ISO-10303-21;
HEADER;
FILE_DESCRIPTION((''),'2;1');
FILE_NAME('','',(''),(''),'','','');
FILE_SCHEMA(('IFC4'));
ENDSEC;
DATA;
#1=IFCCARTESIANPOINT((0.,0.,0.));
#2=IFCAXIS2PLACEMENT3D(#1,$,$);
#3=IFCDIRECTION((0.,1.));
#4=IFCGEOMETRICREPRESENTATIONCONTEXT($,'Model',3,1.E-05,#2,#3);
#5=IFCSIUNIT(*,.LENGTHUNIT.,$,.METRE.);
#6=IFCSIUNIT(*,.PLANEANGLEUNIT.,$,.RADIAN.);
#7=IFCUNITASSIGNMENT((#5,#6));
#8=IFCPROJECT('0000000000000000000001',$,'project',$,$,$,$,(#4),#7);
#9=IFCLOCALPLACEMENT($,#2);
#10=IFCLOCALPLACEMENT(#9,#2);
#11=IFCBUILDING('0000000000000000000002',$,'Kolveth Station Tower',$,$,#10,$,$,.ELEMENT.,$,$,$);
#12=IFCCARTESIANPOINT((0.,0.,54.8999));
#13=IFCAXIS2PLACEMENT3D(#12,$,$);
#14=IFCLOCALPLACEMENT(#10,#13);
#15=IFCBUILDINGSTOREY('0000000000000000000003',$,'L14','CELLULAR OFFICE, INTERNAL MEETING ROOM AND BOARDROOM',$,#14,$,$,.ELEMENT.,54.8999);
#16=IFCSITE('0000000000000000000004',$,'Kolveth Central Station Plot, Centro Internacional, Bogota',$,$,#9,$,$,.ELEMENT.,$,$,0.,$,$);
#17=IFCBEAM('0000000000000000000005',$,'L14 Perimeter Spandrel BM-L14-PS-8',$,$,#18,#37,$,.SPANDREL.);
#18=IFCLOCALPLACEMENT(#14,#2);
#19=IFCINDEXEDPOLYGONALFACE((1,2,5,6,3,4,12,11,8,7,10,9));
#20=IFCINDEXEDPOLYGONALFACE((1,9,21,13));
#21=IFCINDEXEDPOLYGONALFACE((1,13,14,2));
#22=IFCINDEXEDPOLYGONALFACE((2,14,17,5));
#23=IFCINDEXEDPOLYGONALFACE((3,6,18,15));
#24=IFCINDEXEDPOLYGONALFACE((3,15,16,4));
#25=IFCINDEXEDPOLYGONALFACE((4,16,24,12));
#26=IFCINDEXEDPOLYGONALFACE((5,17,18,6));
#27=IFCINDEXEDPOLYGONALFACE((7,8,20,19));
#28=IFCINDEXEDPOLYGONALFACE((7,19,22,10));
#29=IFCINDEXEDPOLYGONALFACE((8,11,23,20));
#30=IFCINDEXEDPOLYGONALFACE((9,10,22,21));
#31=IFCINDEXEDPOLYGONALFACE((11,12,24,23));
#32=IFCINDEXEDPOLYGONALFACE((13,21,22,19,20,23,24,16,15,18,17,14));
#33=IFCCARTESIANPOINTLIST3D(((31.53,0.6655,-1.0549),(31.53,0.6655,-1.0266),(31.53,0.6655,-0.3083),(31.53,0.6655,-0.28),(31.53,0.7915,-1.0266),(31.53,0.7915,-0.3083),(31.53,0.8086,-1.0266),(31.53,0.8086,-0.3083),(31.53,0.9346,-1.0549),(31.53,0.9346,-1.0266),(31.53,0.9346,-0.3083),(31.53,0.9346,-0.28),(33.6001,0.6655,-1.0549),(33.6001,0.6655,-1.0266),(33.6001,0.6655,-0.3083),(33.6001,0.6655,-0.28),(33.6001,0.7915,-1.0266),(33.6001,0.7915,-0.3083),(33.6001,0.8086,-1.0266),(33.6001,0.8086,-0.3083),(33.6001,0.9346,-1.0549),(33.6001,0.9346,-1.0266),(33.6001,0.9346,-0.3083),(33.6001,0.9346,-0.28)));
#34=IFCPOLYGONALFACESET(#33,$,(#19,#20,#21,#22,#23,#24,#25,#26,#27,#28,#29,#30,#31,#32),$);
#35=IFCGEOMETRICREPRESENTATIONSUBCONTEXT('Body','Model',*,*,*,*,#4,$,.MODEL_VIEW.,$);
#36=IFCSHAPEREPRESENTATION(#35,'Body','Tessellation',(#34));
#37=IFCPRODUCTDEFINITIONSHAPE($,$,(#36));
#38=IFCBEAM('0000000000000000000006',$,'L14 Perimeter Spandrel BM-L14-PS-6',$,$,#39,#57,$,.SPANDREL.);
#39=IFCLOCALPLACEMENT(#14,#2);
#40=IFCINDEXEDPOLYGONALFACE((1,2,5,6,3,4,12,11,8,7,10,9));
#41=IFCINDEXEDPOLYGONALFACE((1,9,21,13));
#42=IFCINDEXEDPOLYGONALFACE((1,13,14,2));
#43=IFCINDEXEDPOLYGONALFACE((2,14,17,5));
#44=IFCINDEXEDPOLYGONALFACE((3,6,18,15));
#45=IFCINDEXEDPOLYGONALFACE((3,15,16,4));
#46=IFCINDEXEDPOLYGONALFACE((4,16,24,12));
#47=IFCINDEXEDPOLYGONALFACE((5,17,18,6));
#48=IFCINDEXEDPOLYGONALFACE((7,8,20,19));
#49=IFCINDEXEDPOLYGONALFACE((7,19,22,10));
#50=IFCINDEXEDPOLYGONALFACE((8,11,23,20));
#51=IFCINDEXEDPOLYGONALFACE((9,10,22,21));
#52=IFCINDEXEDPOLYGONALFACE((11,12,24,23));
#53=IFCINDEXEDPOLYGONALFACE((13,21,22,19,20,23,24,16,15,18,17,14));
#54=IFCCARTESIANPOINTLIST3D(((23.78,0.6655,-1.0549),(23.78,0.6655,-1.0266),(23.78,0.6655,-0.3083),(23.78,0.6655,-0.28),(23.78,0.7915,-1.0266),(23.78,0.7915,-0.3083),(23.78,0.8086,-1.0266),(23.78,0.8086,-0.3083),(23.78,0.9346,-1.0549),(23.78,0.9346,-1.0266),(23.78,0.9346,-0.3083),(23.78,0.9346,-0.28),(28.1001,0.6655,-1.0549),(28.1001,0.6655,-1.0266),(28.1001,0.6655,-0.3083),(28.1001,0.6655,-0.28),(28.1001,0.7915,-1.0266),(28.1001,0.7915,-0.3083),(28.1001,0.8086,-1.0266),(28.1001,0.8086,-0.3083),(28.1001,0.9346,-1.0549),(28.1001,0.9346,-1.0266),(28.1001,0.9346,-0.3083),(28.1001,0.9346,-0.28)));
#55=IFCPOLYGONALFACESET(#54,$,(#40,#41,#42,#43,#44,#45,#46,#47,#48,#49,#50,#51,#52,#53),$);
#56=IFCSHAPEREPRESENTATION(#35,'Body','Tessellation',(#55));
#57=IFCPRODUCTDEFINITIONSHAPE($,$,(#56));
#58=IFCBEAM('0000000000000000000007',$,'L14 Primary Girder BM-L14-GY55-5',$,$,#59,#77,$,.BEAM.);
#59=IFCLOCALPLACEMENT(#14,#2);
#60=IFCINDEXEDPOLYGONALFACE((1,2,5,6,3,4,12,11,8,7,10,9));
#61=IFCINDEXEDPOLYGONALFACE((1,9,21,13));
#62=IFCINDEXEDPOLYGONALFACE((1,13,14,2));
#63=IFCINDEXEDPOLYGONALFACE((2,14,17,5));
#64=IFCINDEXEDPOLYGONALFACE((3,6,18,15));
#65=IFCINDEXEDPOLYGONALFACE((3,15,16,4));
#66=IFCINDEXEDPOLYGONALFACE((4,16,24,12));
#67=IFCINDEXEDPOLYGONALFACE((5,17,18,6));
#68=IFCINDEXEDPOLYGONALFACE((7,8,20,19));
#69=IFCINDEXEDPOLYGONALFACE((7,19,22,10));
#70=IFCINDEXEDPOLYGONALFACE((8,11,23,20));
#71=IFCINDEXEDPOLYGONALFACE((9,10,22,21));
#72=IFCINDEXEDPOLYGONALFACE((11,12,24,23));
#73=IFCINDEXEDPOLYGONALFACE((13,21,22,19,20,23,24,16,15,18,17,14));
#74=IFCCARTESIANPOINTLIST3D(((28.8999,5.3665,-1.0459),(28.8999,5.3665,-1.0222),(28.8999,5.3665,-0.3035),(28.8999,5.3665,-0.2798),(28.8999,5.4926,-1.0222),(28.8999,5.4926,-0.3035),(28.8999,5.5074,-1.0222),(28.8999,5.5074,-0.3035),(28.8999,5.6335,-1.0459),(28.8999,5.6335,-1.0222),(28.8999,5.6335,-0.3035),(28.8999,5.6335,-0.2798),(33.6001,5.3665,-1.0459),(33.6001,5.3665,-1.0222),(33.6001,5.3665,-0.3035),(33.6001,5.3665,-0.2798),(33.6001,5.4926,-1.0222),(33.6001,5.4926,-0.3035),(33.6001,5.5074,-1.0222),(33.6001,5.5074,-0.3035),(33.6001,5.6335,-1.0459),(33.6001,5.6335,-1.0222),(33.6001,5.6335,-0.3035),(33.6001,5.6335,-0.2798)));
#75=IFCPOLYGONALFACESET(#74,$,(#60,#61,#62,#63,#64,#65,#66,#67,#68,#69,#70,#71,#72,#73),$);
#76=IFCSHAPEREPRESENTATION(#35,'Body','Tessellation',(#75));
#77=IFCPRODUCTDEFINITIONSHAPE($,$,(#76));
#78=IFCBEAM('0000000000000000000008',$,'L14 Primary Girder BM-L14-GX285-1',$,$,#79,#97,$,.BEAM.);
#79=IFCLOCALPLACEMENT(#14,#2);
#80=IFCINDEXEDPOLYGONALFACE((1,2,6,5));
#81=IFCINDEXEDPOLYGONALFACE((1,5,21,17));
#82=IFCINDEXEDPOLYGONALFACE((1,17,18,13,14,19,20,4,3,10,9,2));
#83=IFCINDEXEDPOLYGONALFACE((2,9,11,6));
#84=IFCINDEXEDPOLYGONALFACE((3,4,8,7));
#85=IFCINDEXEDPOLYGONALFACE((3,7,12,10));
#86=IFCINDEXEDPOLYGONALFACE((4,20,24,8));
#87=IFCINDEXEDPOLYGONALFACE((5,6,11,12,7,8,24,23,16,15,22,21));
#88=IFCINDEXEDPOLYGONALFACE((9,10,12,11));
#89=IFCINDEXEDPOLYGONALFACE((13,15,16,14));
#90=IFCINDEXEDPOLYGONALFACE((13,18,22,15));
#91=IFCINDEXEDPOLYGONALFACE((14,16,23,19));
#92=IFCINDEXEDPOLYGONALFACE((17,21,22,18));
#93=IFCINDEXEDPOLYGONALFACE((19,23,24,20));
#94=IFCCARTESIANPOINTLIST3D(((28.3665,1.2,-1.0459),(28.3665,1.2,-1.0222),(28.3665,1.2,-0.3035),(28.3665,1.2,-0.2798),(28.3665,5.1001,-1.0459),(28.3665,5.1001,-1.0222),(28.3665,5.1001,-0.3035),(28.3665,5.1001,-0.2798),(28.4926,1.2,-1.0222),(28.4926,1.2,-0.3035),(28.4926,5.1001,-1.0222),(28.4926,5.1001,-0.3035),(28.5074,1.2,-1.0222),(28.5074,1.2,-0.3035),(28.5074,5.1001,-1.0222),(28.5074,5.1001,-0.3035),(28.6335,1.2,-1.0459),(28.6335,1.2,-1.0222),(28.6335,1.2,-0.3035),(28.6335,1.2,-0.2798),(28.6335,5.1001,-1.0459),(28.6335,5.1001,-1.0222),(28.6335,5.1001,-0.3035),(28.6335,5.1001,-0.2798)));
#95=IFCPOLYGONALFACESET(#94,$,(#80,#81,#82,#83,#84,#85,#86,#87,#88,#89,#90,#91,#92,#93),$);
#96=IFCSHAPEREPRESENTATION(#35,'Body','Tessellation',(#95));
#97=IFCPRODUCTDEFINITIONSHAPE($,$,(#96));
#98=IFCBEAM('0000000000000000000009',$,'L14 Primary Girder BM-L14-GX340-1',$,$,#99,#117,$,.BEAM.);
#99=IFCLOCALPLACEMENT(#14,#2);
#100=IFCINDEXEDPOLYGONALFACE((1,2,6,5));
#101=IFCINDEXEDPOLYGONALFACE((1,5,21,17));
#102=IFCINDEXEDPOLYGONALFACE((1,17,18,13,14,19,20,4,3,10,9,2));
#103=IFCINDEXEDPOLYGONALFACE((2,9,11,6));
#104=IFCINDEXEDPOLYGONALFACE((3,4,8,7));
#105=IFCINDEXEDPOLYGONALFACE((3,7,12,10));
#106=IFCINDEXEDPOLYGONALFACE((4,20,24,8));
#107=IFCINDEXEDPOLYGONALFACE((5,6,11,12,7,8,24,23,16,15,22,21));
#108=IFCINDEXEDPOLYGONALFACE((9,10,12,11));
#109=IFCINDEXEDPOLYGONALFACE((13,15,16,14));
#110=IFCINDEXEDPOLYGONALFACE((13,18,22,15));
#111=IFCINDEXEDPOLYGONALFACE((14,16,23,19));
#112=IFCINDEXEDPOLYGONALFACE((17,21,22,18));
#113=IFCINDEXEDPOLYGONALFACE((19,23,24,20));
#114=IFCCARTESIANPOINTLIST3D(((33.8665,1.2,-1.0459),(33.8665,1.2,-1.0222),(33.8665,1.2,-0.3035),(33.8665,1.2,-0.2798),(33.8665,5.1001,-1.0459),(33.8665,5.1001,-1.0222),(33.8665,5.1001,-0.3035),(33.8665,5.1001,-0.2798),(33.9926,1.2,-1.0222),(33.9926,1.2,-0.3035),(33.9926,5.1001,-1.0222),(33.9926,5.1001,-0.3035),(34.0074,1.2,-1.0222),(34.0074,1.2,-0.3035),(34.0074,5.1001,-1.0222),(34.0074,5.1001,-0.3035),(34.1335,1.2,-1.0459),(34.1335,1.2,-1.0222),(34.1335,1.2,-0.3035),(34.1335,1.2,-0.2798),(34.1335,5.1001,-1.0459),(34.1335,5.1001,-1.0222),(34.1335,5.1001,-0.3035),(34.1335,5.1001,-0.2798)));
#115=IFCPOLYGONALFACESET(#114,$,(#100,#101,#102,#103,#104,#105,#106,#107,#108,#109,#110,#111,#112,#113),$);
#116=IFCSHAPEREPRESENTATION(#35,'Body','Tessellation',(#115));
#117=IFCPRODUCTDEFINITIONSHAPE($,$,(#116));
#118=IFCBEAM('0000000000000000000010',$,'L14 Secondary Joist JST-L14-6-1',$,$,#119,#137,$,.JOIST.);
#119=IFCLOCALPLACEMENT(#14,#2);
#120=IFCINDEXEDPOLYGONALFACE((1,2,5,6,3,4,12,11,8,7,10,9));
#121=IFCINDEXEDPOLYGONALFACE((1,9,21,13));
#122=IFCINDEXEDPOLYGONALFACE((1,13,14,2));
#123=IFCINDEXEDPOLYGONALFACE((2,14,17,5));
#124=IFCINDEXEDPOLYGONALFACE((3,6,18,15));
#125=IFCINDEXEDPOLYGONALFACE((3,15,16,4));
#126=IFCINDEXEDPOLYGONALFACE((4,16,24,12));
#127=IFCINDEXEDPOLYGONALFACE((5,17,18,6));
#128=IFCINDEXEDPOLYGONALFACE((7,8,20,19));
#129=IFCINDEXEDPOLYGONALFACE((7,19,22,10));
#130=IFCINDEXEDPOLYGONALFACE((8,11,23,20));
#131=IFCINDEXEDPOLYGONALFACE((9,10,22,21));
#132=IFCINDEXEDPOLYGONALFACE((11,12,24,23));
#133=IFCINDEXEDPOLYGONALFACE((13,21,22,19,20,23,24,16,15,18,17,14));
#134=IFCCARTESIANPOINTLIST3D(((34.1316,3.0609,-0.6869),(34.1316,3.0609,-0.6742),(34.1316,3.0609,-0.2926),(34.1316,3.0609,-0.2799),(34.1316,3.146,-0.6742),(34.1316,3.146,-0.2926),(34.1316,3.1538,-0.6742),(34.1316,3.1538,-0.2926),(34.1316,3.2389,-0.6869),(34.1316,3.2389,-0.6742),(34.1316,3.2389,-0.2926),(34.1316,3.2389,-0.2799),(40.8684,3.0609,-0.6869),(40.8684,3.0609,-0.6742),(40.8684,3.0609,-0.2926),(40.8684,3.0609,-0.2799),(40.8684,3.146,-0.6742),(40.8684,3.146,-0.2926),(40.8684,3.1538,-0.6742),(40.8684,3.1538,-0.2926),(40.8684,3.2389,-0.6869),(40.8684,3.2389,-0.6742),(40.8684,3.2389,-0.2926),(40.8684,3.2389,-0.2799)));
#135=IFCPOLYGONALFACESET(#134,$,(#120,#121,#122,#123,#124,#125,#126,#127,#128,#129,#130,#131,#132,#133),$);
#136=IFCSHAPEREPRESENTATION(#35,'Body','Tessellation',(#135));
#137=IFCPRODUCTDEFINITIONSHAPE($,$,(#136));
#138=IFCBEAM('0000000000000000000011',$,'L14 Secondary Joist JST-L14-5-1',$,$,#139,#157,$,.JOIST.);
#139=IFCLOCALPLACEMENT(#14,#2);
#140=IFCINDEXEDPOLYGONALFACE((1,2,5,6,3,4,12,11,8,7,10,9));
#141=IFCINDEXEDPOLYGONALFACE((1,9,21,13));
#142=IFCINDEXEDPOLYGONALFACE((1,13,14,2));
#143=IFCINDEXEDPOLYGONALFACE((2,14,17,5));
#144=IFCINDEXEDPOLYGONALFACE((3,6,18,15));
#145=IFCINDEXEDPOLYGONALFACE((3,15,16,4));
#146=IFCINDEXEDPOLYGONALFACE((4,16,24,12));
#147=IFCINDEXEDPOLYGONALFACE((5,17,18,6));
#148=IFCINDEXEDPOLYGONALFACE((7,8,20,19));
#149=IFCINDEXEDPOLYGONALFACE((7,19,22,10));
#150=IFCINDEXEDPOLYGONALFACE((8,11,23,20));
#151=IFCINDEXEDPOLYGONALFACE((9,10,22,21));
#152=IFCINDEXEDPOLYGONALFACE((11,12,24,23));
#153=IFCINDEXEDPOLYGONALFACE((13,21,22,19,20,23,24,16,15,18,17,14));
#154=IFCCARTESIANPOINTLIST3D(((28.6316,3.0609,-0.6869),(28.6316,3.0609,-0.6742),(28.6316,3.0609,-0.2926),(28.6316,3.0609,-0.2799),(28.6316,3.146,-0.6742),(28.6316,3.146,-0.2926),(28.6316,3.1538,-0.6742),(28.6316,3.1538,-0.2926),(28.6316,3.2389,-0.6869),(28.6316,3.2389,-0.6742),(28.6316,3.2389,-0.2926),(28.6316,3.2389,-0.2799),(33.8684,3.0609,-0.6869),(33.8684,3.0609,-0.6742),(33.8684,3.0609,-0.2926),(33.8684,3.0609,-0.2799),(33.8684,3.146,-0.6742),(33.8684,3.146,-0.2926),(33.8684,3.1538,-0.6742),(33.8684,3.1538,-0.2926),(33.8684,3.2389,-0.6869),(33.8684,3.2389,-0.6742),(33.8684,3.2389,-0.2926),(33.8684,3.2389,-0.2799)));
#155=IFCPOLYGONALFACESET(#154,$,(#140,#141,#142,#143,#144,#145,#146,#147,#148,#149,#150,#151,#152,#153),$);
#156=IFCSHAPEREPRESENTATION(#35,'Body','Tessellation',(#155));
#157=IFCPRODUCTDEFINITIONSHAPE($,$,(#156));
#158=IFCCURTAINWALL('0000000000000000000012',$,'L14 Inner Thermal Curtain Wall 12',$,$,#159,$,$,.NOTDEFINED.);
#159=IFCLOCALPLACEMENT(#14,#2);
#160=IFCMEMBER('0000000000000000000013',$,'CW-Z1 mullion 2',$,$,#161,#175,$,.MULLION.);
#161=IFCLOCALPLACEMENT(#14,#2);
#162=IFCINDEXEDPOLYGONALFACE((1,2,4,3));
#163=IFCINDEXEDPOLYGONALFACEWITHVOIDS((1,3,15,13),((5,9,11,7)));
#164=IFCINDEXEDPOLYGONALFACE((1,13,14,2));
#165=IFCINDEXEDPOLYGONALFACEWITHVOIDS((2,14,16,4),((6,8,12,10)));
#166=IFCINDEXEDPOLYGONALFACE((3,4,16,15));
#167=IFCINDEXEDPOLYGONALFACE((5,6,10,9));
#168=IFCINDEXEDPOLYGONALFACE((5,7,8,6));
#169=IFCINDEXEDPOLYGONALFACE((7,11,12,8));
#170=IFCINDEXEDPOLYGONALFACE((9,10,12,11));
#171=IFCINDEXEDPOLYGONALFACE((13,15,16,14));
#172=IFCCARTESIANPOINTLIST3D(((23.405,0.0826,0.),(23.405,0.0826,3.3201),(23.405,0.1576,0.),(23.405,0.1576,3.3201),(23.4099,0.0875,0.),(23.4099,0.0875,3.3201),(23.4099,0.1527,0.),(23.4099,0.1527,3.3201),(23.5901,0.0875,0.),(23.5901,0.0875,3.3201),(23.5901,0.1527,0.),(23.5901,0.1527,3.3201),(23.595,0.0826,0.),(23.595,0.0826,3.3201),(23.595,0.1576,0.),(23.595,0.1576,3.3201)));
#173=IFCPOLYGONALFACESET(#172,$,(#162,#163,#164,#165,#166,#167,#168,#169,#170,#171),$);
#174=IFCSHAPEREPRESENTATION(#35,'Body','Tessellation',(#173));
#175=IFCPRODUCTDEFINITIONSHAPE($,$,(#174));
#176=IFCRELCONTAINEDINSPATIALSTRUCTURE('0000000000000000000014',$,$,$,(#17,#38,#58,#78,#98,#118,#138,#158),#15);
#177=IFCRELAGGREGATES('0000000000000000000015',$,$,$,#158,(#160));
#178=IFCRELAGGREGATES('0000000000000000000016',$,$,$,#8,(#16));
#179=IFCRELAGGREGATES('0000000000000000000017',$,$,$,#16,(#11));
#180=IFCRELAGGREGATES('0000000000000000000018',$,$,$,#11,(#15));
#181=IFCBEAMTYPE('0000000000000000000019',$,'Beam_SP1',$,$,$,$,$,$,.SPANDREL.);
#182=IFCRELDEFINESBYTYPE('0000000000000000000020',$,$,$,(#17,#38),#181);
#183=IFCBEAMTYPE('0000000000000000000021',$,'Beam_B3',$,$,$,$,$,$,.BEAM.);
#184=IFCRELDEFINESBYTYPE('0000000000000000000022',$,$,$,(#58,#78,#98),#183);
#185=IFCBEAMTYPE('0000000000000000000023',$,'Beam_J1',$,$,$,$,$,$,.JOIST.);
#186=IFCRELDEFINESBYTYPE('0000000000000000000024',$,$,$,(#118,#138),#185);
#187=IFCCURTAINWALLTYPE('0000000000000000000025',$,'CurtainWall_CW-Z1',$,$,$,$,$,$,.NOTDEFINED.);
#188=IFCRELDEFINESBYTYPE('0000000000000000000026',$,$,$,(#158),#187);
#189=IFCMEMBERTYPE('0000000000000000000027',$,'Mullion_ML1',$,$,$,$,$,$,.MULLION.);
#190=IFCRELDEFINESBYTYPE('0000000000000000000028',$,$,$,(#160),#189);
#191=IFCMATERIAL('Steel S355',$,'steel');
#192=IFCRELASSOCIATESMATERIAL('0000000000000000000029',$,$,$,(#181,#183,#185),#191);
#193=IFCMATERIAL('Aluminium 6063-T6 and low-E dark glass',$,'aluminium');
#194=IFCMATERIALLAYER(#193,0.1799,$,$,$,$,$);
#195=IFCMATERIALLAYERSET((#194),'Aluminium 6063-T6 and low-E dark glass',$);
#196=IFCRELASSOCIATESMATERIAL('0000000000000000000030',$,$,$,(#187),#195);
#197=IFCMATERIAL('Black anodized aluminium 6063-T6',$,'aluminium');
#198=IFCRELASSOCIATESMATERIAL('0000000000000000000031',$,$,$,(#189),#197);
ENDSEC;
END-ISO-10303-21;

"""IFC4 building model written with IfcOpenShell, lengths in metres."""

from ifc_helpers import new_model, si_unit, direction, frame, origin, origin_2d, place, context, subcontext, project, spatial, hollow_rectangle, i_section, extrude, source, transform, mapped, material, layer, layer_set, material_profile, profile_set, type_object, element, aggregate, save


model = new_model("IFC4")

# Units and contexts
model_context = context("Model", 3, precision=1e-05, world=origin(), true_north=direction((0.0, 1.0)))
body_context = subcontext(model_context, "Body", "Model", "MODEL_VIEW")
ifc_project = project(units=[si_unit("LENGTHUNIT", "METRE"), si_unit("PLANEANGLEUNIT", "RADIAN")], contexts=[model_context])

# Site, building, storey
site_placement = place(None, origin())
site = spatial("IfcSite", under=ifc_project, at=site_placement, Name="Kolveth Central Station Plot, Centro Internacional, Bogota", CompositionType="ELEMENT", RefElevation=0.0)
building_placement = place(site_placement, origin())
building = spatial("IfcBuilding", under=site, at=building_placement, Name="Kolveth Station Tower", CompositionType="ELEMENT")
storey_placement = place(building_placement, frame((0.0, 0.0, 54.8999)))
storey = spatial("IfcBuildingStorey", under=building, at=storey_placement, Name="L14", Description="CELLULAR OFFICE, INTERNAL MEETING ROOM AND BOARDROOM", CompositionType="ELEMENT", Elevation=54.8999)

# Shared definitions
ifc_material_1 = material(Name="Steel S355", Category="steel")

# Beams
ifc_material_profile_1 = material_profile(ifc_material_1, i_section(OverallWidth=0.269, OverallDepth=0.7749, WebThickness=0.0171, FlangeThickness=0.0283, at=origin_2d()), Name="W760x220")
ifc_profile_set_1 = profile_set([ifc_material_profile_1], Name="Steel S355")
beam_type_1 = type_object("IfcBeamType", Name="Beam_SP1", PredefinedType="SPANDREL", material=ifc_profile_set_1)
shared_shape_1 = source(origin(), body_context, "Body", "SweptSolid", [
    extrude(i_section(OverallWidth=0.269, OverallDepth=0.7749, WebThickness=0.0171, FlangeThickness=0.0283, at=origin_2d()), origin(), (0.0, 0.0, 1.0), 2.0701),
])
for number, where, z_axis, x_axis, name in (
    (1, (31.53, 0.8, -0.6675), (1.0, 0.0, 0.0), (0.0, 1.0, 0.0), "L14 Perimeter Spandrel BM-L14-PS-8"),
):
    element("IfcBeam", number, at=place(storey_placement, frame(where, z_axis=z_axis, x_axis=x_axis)), inside=storey, type_object=beam_type_1, Name=name, PredefinedType="SPANDREL", context=body_context, shape_type="MappedRepresentation", body=[
        mapped(shared_shape_1, transform((0.0, 0.0, 0.0), x_axis=(1.0, 0.0, 0.0), y_axis=(0.0, 1.0, 0.0), z_axis=(0.0, 0.0, 1.0), scale=1.0)),
    ])
shared_shape_2 = source(origin(), body_context, "Body", "SweptSolid", [
    extrude(i_section(OverallWidth=0.269, OverallDepth=0.7749, WebThickness=0.0171, FlangeThickness=0.0283, at=origin_2d()), origin(), (0.0, 0.0, 1.0), 4.3201),
])
beam_1_placement = place(storey_placement, frame((23.78, 0.8, -0.6675), z_axis=(1.0, 0.0, 0.0), x_axis=(0.0, 1.0, 0.0)))
element("IfcBeam", 2, at=beam_1_placement, inside=storey, type_object=beam_type_1, Name="L14 Perimeter Spandrel BM-L14-PS-6", PredefinedType="SPANDREL", context=body_context, shape_type="MappedRepresentation", body=[
    mapped(shared_shape_2, transform((0.0, 0.0, 0.0), x_axis=(1.0, 0.0, 0.0), y_axis=(0.0, 1.0, 0.0), z_axis=(0.0, 0.0, 1.0), scale=1.0)),
])
ifc_material_profile_2 = material_profile(ifc_material_1, i_section(OverallWidth=0.2671, OverallDepth=0.7661, WebThickness=0.0149, FlangeThickness=0.0237, at=origin_2d()), Name="W760x185")
ifc_profile_set_2 = profile_set([ifc_material_profile_2], Name="Steel S355")
beam_type_2 = type_object("IfcBeamType", Name="Beam_B3", PredefinedType="BEAM", material=ifc_profile_set_2)
shared_shape_3 = source(origin(), body_context, "Body", "SweptSolid", [
    extrude(i_section(OverallWidth=0.2671, OverallDepth=0.7661, WebThickness=0.0149, FlangeThickness=0.0237, at=origin_2d()), origin(), (0.0, 0.0, 1.0), 4.7002),
])
beam_2_placement = place(storey_placement, frame((28.8999, 5.5, -0.6628), z_axis=(1.0, 0.0, 0.0), x_axis=(0.0, 1.0, 0.0)))
element("IfcBeam", 3, at=beam_2_placement, inside=storey, type_object=beam_type_2, Name="L14 Primary Girder BM-L14-GY55-5", PredefinedType="BEAM", context=body_context, shape_type="MappedRepresentation", body=[
    mapped(shared_shape_3, transform((0.0, 0.0, 0.0), x_axis=(1.0, 0.0, 0.0), y_axis=(0.0, 1.0, 0.0), z_axis=(0.0, 0.0, 1.0), scale=1.0)),
])
shared_shape_4 = source(origin(), body_context, "Body", "SweptSolid", [
    extrude(i_section(OverallWidth=0.2671, OverallDepth=0.7661, WebThickness=0.0149, FlangeThickness=0.0237, at=origin_2d()), origin(), (0.0, 0.0, 1.0), 3.9001),
])
for number, where, z_axis, x_axis, name in (
    (4, (28.5, 1.2, -0.6628), (0.0, 1.0, 0.0), (-1.0, 0.0, 0.0), "L14 Primary Girder BM-L14-GX285-1"),
    (5, (34.0, 1.2, -0.6628), (0.0, 1.0, 0.0), (-1.0, 0.0, 0.0), "L14 Primary Girder BM-L14-GX340-1"),
):
    element("IfcBeam", number, at=place(storey_placement, frame(where, z_axis=z_axis, x_axis=x_axis)), inside=storey, type_object=beam_type_2, Name=name, PredefinedType="BEAM", context=body_context, shape_type="MappedRepresentation", body=[
        mapped(shared_shape_4, transform((0.0, 0.0, 0.0), x_axis=(1.0, 0.0, 0.0), y_axis=(0.0, 1.0, 0.0), z_axis=(0.0, 0.0, 1.0), scale=1.0)),
    ])
ifc_material_profile_3 = material_profile(ifc_material_1, i_section(OverallWidth=0.178, OverallDepth=0.407, WebThickness=0.0078, FlangeThickness=0.0127, at=origin_2d()), Name="W410x60")
ifc_profile_set_3 = profile_set([ifc_material_profile_3], Name="Steel S355")
beam_type_3 = type_object("IfcBeamType", Name="Beam_J1", PredefinedType="JOIST", material=ifc_profile_set_3)
shared_shape_5 = source(origin(), body_context, "Body", "SweptSolid", [
    extrude(i_section(OverallWidth=0.178, OverallDepth=0.407, WebThickness=0.0078, FlangeThickness=0.0127, at=origin_2d()), origin(), (0.0, 0.0, 1.0), 6.7368),
])
beam_3_placement = place(storey_placement, frame((34.1316, 3.1499, -0.4834), z_axis=(1.0, 0.0, 0.0), x_axis=(0.0, 1.0, 0.0)))
element("IfcBeam", 6, at=beam_3_placement, inside=storey, type_object=beam_type_3, Name="L14 Secondary Joist JST-L14-6-1", PredefinedType="JOIST", context=body_context, shape_type="MappedRepresentation", body=[
    mapped(shared_shape_5, transform((0.0, 0.0, 0.0), x_axis=(1.0, 0.0, 0.0), y_axis=(0.0, 1.0, 0.0), z_axis=(0.0, 0.0, 1.0), scale=1.0)),
])
shared_shape_6 = source(origin(), body_context, "Body", "SweptSolid", [
    extrude(i_section(OverallWidth=0.178, OverallDepth=0.407, WebThickness=0.0078, FlangeThickness=0.0127, at=origin_2d()), origin(), (0.0, 0.0, 1.0), 5.2368),
])
beam_4_placement = place(storey_placement, frame((28.6316, 3.1499, -0.4834), z_axis=(1.0, 0.0, 0.0), x_axis=(0.0, 1.0, 0.0)))
element("IfcBeam", 7, at=beam_4_placement, inside=storey, type_object=beam_type_3, Name="L14 Secondary Joist JST-L14-5-1", PredefinedType="JOIST", context=body_context, shape_type="MappedRepresentation", body=[
    mapped(shared_shape_6, transform((0.0, 0.0, 0.0), x_axis=(1.0, 0.0, 0.0), y_axis=(0.0, 1.0, 0.0), z_axis=(0.0, 0.0, 1.0), scale=1.0)),
])

# Curtain wall, member
ifc_material_2 = material(Name="Aluminium 6063-T6 and low-E dark glass", Category="aluminium")
ifc_layer_1 = layer(ifc_material_2, 0.1799)
ifc_layer_set_1 = layer_set([ifc_layer_1], Name="Aluminium 6063-T6 and low-E dark glass")
curtain_wall_type_1 = type_object("IfcCurtainWallType", Name="CurtainWall_CW-Z1", PredefinedType="NOTDEFINED", material=ifc_layer_set_1)
curtain_wall_1_placement = place(storey_placement, origin())
curtain_wall_1 = element("IfcCurtainWall", 8, at=curtain_wall_1_placement, inside=storey, type_object=curtain_wall_type_1, Name="L14 Inner Thermal Curtain Wall 12", PredefinedType="NOTDEFINED")
ifc_material_3 = material(Name="Black anodized aluminium 6063-T6", Category="aluminium")
ifc_material_profile_4 = material_profile(ifc_material_3, hollow_rectangle(XDim=0.075, YDim=0.1899, WallThickness=0.0049, at=origin_2d()), Name="ALU-75x190x5")
ifc_profile_set_4 = profile_set([ifc_material_profile_4], Name="Black anodized aluminium 6063-T6")
member_type_1 = type_object("IfcMemberType", Name="Mullion_ML1", PredefinedType="MULLION", material=ifc_profile_set_4)
shared_shape_7 = source(origin(), body_context, "Body", "SweptSolid", [
    extrude(hollow_rectangle(XDim=0.075, YDim=0.1899, WallThickness=0.0049, at=origin_2d()), origin(), (0.0, 0.0, 1.0), 3.3201),
])
member_1_placement = place(storey_placement, frame((23.5, 0.1201, 0.0), z_axis=(0.0, 0.0, 1.0), x_axis=(0.0, 1.0, 0.0)))
member_1 = element("IfcMember", 9, at=member_1_placement, type_object=member_type_1, Name="CW-Z1 mullion 2", PredefinedType="MULLION", context=body_context, shape_type="MappedRepresentation", body=[
    mapped(shared_shape_7, transform((0.0, 0.0, 0.0), x_axis=(1.0, 0.0, 0.0), y_axis=(0.0, 1.0, 0.0), z_axis=(0.0, 0.0, 1.0), scale=1.0)),
])
aggregate(curtain_wall_1, [member_1])

save(model, "model.ifc")
